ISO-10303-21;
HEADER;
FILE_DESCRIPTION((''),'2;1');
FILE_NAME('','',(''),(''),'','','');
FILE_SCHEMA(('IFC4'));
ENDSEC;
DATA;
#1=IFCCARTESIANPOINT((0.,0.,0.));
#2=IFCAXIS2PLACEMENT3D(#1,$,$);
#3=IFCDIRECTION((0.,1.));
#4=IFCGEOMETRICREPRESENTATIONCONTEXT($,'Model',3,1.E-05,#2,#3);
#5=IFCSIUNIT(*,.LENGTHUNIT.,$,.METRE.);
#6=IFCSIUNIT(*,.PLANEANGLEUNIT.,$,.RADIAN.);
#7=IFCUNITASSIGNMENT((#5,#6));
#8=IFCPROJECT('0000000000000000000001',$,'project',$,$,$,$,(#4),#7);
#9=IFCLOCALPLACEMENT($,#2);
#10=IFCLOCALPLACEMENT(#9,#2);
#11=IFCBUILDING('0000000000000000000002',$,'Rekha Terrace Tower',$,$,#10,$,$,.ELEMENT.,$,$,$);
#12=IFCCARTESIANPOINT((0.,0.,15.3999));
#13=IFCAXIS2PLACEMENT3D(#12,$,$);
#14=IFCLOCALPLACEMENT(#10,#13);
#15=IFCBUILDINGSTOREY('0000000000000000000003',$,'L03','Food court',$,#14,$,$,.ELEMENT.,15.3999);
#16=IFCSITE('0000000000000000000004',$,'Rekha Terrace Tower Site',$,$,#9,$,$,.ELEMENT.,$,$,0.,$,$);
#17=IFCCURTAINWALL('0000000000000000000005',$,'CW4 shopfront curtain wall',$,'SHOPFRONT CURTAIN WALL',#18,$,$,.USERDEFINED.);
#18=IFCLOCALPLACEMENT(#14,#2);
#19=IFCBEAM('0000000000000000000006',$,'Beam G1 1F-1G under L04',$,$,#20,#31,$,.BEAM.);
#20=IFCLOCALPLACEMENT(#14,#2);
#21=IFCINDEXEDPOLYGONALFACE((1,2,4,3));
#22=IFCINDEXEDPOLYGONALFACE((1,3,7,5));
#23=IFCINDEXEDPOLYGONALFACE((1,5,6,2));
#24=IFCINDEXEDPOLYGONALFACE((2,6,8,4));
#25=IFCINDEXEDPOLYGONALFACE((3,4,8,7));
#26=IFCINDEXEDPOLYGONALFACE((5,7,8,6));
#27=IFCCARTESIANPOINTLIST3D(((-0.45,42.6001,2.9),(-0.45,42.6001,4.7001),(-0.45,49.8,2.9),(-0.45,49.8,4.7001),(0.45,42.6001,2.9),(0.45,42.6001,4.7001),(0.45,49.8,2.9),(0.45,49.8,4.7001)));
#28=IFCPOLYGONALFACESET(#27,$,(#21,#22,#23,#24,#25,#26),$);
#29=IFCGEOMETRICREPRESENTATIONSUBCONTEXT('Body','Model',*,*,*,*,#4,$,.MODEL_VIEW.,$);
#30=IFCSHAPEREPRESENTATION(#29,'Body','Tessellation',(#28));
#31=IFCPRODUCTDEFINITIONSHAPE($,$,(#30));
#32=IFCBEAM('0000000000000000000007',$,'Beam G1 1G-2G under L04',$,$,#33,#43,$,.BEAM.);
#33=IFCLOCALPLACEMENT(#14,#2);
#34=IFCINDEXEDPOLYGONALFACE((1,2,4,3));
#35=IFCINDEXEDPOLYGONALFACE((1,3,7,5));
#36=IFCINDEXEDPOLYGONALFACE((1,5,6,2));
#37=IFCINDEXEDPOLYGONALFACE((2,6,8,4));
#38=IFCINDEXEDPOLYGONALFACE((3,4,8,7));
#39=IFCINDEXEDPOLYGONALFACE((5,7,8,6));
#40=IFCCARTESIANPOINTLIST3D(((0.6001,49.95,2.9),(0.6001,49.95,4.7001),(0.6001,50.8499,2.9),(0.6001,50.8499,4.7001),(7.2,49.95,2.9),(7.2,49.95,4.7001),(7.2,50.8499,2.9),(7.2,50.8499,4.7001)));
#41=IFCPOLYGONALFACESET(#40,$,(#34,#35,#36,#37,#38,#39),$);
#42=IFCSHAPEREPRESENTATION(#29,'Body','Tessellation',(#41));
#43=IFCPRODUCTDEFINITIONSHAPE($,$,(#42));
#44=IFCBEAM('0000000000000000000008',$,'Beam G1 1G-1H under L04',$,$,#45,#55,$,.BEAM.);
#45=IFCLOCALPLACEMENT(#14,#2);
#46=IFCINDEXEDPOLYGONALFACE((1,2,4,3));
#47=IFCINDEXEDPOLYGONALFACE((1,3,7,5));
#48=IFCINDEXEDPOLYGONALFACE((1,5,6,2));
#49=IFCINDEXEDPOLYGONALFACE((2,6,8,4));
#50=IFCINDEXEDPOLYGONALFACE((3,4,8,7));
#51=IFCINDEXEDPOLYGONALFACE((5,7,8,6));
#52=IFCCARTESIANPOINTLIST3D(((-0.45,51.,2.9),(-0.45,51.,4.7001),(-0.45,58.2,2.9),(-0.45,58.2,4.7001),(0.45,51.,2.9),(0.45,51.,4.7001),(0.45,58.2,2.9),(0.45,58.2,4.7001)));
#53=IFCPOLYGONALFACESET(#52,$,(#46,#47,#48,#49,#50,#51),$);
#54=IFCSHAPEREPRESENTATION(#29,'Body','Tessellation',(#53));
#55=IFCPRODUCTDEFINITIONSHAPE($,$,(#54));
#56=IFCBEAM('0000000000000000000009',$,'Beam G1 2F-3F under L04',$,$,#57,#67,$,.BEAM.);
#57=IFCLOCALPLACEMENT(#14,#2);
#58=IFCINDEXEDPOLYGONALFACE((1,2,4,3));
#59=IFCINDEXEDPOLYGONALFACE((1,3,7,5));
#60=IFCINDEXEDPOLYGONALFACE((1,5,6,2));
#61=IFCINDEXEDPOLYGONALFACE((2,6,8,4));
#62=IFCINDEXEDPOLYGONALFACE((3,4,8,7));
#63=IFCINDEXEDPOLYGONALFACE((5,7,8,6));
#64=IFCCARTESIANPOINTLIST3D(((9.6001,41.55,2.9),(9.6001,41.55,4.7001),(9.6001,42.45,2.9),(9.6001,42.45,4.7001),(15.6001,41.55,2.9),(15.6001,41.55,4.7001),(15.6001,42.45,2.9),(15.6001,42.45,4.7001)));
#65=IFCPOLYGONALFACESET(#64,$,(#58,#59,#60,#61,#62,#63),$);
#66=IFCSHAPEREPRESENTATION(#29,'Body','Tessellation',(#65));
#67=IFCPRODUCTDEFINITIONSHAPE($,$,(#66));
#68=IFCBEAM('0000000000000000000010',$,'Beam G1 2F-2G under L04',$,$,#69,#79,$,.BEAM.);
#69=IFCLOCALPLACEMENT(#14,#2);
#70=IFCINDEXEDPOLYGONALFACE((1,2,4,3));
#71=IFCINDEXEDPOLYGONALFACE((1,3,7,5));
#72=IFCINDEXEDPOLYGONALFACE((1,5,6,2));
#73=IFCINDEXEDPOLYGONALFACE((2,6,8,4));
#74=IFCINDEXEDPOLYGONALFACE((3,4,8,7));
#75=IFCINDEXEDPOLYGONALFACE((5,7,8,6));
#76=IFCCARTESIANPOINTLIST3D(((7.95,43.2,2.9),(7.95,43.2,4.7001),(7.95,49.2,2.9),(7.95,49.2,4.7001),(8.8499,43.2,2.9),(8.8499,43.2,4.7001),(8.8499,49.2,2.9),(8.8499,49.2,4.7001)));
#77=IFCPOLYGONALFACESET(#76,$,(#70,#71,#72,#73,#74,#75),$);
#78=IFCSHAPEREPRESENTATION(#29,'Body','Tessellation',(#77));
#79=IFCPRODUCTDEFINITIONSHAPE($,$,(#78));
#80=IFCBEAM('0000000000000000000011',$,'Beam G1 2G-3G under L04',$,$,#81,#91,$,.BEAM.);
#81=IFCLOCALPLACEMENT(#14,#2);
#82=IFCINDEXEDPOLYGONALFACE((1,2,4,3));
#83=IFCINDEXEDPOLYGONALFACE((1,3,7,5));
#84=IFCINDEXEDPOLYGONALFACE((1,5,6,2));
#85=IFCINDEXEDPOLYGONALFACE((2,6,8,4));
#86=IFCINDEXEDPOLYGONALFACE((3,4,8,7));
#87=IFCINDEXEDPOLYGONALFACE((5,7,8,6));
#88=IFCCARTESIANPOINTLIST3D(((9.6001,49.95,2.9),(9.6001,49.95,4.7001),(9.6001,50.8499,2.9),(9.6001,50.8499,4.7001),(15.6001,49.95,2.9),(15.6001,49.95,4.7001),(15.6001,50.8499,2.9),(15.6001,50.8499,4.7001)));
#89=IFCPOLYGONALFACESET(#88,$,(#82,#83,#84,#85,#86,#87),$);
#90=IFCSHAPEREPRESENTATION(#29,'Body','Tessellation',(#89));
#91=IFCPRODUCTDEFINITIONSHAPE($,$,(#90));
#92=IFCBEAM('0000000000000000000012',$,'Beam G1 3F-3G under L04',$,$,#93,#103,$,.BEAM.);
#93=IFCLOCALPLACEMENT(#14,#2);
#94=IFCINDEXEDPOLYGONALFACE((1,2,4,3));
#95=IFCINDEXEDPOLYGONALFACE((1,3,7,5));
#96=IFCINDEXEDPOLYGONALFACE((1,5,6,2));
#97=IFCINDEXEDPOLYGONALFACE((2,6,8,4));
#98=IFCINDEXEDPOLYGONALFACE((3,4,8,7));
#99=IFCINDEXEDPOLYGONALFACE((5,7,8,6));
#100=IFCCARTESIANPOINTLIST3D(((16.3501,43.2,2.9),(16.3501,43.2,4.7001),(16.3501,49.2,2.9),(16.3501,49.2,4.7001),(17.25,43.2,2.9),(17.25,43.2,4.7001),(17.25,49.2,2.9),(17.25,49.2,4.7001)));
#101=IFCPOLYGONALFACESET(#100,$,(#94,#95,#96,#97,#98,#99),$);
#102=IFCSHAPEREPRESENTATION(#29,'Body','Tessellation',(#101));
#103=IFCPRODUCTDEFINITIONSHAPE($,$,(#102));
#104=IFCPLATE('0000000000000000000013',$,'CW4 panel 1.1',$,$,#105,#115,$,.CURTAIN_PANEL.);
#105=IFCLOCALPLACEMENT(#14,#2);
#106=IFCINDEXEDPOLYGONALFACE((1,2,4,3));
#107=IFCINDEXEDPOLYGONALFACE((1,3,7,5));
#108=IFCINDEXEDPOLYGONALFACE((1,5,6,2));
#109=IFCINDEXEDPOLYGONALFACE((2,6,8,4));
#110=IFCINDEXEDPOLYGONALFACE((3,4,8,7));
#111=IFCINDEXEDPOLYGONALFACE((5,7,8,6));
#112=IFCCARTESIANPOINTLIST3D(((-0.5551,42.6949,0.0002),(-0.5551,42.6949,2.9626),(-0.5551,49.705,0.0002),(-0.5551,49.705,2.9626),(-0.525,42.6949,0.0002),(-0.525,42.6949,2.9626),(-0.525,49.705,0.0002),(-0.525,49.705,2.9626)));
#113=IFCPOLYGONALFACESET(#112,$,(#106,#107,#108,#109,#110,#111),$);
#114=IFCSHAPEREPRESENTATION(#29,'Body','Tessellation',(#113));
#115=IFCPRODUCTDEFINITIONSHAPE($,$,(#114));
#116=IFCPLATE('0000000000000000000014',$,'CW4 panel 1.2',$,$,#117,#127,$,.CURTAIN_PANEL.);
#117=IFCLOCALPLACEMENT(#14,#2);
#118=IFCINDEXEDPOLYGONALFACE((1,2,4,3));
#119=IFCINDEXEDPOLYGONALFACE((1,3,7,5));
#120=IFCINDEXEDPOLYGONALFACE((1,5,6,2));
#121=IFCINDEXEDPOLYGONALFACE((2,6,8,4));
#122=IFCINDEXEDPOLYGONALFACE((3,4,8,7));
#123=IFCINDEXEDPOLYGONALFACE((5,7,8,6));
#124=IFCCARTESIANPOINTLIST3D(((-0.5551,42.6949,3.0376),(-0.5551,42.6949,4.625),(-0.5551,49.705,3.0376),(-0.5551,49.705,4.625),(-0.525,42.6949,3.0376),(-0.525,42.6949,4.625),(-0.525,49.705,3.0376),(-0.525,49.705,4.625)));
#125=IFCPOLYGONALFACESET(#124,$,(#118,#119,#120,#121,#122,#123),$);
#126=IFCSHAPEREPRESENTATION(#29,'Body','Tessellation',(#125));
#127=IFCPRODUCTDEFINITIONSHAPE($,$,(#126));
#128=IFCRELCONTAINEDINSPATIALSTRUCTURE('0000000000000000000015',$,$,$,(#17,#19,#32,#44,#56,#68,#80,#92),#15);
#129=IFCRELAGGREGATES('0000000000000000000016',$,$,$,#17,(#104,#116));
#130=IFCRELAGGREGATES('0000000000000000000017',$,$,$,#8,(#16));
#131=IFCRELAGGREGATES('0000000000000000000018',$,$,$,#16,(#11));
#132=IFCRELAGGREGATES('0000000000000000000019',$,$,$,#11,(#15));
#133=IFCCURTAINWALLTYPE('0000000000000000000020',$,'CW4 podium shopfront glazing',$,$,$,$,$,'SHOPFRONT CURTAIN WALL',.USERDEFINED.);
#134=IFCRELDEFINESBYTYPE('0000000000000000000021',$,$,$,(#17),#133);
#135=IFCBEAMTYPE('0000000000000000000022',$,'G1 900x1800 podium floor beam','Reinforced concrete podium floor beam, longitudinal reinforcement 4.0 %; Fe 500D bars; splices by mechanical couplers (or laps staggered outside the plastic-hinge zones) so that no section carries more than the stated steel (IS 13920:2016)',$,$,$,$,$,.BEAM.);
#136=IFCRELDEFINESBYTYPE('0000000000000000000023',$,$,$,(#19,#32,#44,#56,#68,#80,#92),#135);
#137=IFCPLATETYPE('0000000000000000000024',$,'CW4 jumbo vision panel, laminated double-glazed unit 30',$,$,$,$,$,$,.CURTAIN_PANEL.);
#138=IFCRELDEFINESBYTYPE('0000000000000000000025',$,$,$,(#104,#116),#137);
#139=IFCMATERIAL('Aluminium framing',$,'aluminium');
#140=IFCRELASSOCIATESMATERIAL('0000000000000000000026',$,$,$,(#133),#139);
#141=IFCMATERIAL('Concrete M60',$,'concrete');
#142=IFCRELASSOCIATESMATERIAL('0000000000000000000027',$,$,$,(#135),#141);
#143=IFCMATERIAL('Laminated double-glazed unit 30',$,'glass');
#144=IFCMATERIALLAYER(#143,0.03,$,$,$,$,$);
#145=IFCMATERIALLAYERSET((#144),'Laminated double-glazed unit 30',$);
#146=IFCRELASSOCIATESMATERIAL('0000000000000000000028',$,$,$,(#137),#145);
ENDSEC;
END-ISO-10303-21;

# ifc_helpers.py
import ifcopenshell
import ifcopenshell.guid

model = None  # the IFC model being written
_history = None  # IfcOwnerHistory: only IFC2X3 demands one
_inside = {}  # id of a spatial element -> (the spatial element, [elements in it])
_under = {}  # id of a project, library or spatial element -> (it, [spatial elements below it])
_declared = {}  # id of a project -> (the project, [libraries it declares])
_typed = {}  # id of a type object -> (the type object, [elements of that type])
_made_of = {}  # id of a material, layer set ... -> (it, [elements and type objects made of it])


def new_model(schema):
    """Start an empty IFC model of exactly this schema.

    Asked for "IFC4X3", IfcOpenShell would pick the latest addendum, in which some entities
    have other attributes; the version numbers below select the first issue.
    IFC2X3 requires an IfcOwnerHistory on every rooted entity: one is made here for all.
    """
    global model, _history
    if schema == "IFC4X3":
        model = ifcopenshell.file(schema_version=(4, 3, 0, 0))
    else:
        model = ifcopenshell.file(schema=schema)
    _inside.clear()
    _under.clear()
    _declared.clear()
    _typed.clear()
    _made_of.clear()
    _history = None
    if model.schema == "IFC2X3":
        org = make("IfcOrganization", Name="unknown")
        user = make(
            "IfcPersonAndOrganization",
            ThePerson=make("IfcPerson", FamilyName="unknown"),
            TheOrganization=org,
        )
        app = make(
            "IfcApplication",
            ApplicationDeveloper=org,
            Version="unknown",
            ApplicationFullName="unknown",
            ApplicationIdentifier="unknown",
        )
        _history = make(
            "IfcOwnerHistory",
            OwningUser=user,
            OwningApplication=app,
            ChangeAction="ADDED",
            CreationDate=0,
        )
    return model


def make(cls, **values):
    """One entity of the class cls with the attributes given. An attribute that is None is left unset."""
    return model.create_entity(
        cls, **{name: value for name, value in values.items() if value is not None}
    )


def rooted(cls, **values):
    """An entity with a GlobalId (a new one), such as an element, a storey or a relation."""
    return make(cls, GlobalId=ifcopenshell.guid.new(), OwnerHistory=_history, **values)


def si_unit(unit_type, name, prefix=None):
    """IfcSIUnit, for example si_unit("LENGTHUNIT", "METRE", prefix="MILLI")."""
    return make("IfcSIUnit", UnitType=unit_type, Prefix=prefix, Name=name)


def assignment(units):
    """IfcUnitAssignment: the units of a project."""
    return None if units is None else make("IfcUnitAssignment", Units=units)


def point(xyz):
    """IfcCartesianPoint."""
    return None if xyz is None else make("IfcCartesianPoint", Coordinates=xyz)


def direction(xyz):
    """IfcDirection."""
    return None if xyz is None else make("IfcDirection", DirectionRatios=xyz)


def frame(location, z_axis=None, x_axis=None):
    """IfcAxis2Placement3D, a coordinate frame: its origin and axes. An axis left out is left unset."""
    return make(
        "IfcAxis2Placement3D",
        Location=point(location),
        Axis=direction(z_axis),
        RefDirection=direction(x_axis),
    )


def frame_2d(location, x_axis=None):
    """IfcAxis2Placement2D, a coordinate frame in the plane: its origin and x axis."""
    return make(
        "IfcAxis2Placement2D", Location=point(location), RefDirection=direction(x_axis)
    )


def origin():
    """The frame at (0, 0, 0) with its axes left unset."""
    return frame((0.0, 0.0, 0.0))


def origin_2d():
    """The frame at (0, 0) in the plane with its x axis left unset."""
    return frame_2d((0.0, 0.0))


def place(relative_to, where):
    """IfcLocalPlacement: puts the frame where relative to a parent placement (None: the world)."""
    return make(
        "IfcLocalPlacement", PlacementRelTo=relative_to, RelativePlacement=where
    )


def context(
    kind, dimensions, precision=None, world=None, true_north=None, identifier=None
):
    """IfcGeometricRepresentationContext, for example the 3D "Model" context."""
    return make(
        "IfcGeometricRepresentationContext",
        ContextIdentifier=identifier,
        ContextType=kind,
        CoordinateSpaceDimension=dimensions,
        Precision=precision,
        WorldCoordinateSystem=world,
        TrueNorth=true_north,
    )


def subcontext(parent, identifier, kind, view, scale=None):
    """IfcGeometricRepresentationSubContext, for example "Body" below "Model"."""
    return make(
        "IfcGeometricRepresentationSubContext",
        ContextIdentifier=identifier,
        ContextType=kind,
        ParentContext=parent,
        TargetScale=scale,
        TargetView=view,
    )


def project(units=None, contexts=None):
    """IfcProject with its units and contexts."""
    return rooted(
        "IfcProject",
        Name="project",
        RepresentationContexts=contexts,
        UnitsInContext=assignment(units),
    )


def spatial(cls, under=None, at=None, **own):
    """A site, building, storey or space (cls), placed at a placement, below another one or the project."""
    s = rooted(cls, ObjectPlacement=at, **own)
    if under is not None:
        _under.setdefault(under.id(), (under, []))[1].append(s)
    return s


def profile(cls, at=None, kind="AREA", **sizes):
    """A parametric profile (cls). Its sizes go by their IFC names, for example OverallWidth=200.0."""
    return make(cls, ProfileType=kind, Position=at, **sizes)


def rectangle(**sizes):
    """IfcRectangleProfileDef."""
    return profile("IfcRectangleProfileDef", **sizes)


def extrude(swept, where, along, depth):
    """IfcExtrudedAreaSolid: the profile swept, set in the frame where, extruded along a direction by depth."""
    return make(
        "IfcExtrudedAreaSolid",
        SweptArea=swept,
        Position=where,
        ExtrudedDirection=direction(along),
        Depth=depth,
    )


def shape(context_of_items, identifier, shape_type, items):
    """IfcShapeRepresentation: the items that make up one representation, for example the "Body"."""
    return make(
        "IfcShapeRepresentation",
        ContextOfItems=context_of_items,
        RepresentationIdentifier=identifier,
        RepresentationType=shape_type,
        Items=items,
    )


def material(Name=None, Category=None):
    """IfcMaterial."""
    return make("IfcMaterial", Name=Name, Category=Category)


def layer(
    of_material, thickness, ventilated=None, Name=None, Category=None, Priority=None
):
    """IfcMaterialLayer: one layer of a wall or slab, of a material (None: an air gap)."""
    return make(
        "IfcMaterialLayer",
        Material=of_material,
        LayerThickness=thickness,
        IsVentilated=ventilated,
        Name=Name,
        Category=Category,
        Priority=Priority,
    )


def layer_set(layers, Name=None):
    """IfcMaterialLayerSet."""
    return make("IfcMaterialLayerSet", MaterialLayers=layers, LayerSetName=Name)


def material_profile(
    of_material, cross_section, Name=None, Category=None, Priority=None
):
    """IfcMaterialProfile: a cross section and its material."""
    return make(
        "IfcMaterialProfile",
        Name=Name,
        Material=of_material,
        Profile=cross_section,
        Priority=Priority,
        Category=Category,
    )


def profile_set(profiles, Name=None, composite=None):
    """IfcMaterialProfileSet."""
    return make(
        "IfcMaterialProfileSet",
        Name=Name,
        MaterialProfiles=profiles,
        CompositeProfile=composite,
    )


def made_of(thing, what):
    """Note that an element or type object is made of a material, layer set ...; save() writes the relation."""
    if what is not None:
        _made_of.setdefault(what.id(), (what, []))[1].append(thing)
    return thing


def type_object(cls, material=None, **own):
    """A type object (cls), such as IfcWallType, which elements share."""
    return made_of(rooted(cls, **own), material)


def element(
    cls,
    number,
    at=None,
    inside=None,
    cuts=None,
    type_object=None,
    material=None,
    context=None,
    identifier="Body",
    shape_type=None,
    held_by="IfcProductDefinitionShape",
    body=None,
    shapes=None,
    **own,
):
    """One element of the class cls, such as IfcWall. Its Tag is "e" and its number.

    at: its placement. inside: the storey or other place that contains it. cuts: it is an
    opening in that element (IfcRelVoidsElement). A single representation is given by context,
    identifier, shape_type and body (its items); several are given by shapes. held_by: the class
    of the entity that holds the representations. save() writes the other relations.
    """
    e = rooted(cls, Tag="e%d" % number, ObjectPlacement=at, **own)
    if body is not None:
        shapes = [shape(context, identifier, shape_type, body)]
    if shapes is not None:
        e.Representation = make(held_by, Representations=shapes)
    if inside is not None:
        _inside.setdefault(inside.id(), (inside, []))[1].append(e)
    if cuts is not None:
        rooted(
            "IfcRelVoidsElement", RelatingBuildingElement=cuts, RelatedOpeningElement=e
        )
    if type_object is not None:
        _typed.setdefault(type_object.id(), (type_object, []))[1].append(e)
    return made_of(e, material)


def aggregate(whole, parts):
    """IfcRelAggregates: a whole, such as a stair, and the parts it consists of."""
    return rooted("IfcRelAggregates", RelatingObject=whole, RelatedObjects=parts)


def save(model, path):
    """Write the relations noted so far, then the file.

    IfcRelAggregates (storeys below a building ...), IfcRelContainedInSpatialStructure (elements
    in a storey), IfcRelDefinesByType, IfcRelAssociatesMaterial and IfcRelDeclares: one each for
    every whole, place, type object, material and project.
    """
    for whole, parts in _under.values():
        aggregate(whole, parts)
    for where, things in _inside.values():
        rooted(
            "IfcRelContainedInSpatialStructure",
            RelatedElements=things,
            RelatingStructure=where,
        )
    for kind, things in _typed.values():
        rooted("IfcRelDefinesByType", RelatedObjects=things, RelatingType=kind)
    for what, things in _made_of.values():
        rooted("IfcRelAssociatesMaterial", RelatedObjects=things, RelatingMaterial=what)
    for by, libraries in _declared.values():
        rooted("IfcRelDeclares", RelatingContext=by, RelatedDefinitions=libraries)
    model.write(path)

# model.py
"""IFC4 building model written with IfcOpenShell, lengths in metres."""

from ifc_helpers import new_model, si_unit, direction, frame, origin, origin_2d, place, context, subcontext, project, spatial, rectangle, extrude, material, layer, layer_set, material_profile, profile_set, type_object, element, aggregate, save


model = new_model("IFC4")

# Units and contexts
model_context = context("Model", 3, precision=1e-05, world=origin(), true_north=direction((0.0, 1.0)))
body_context = subcontext(model_context, "Body", "Model", "MODEL_VIEW")
ifc_project = project(units=[si_unit("LENGTHUNIT", "METRE"), si_unit("PLANEANGLEUNIT", "RADIAN")], contexts=[model_context])

# Site, building, storey
site_placement = place(None, origin())
site = spatial("IfcSite", under=ifc_project, at=site_placement, Name="Rekha Terrace Tower Site", CompositionType="ELEMENT", RefElevation=0.0)
building_placement = place(site_placement, origin())
building = spatial("IfcBuilding", under=site, at=building_placement, Name="Rekha Terrace Tower", CompositionType="ELEMENT")
storey_placement = place(building_placement, frame((0.0, 0.0, 15.3999)))
storey = spatial("IfcBuildingStorey", under=building, at=storey_placement, Name="L03", Description="Food court", CompositionType="ELEMENT", Elevation=15.3999)

# Shared definitions
ifc_material_1 = material(Name="Concrete M60", Category="concrete")

# Shared definitions
ifc_material_2 = material(Name="Aluminium framing", Category="aluminium")
curtain_wall_type = type_object("IfcCurtainWallType", Name="CW4 podium shopfront glazing", ElementType="SHOPFRONT CURTAIN WALL", PredefinedType="USERDEFINED", material=ifc_material_2)

# Curtain wall
curtain_wall_1_placement = place(storey_placement, origin())
curtain_wall_1 = element("IfcCurtainWall", 1, at=curtain_wall_1_placement, inside=storey, type_object=curtain_wall_type, Name="CW4 shopfront curtain wall", ObjectType="SHOPFRONT CURTAIN WALL", PredefinedType="USERDEFINED")

# Beams
ifc_material_profile_1 = material_profile(ifc_material_1, rectangle(XDim=0.8999, YDim=1.8, at=origin_2d()), Name="RC 900x1800")
ifc_profile_set_1 = profile_set([ifc_material_profile_1], Name="Concrete M60")
beam_type = type_object("IfcBeamType", Name="G1 900x1800 podium floor beam", Description="Reinforced concrete podium floor beam, longitudinal reinforcement 4.0 %; Fe 500D bars; splices by mechanical couplers (or laps staggered outside the plastic-hinge zones) so that no section carries more than the stated steel (IS 13920:2016)", PredefinedType="BEAM", material=ifc_profile_set_1)
beam_1_placement = place(storey_placement, frame((0.0, 42.6001, 3.8), z_axis=(0.0, 1.0, 0.0), x_axis=(-1.0, 0.0, 0.0)))
element("IfcBeam", 2, at=beam_1_placement, inside=storey, type_object=beam_type, Name="Beam G1 1F-1G under L04", PredefinedType="BEAM", context=body_context, shape_type="SweptSolid", body=[
    extrude(rectangle(XDim=0.8999, YDim=1.8, at=origin_2d()), origin(), (0.0, 0.0, 1.0), 7.2),
])
beam_2_placement = place(storey_placement, frame((0.6001, 50.3999, 3.8), z_axis=(1.0, 0.0, 0.0), x_axis=(0.0, 1.0, 0.0)))
element("IfcBeam", 3, at=beam_2_placement, inside=storey, type_object=beam_type, Name="Beam G1 1G-2G under L04", PredefinedType="BEAM", context=body_context, shape_type="SweptSolid", body=[
    extrude(rectangle(XDim=0.8999, YDim=1.8, at=origin_2d()), origin(), (0.0, 0.0, 1.0), 6.5999),
])
beam_3_placement = place(storey_placement, frame((0.0, 51.0, 3.8), z_axis=(0.0, 1.0, 0.0), x_axis=(-1.0, 0.0, 0.0)))
element("IfcBeam", 4, at=beam_3_placement, inside=storey, type_object=beam_type, Name="Beam G1 1G-1H under L04", PredefinedType="BEAM", context=body_context, shape_type="SweptSolid", body=[
    extrude(rectangle(XDim=0.8999, YDim=1.8, at=origin_2d()), origin(), (0.0, 0.0, 1.0), 7.2),
])
for number, where, z_axis, x_axis, name in (
    (5, (9.6001, 42.0, 3.8), (1.0, 0.0, 0.0), (0.0, 1.0, 0.0), "Beam G1 2F-3F under L04"),
    (6, (8.3999, 43.2, 3.8), (0.0, 1.0, 0.0), (-1.0, 0.0, 0.0), "Beam G1 2F-2G under L04"),
    (7, (9.6001, 50.3999, 3.8), (1.0, 0.0, 0.0), (0.0, 1.0, 0.0), "Beam G1 2G-3G under L04"),
    (8, (16.8, 43.2, 3.8), (0.0, 1.0, 0.0), (-1.0, 0.0, 0.0), "Beam G1 3F-3G under L04"),
):
    element("IfcBeam", number, at=place(storey_placement, frame(where, z_axis=z_axis, x_axis=x_axis)), inside=storey, type_object=beam_type, Name=name, PredefinedType="BEAM", context=body_context, shape_type="SweptSolid", body=[
        extrude(rectangle(XDim=0.8999, YDim=1.8, at=origin_2d()), origin(), (0.0, 0.0, 1.0), 6.0),
    ])

# Plates
ifc_material_3 = material(Name="Laminated double-glazed unit 30", Category="glass")
ifc_layer = layer(ifc_material_3, 0.03)
ifc_layer_set = layer_set([ifc_layer], Name="Laminated double-glazed unit 30")
plate_type = type_object("IfcPlateType", Name="CW4 jumbo vision panel, laminated double-glazed unit 30", PredefinedType="CURTAIN_PANEL", material=ifc_layer_set)
plate_1_placement = place(storey_placement, frame((-0.54, 46.2, 0.0002), z_axis=(0.0, 0.0, 1.0), x_axis=(0.0, -1.0, 0.0)))
plate_1 = element("IfcPlate", 9, at=plate_1_placement, type_object=plate_type, Name="CW4 panel 1.1", PredefinedType="CURTAIN_PANEL", context=body_context, shape_type="SweptSolid", body=[
    extrude(rectangle(XDim=7.01, YDim=0.03, at=origin_2d()), origin(), (0.0, 0.0, 1.0), 2.9624),
])
plate_2_placement = place(storey_placement, frame((-0.54, 46.2, 3.0376), z_axis=(0.0, 0.0, 1.0), x_axis=(0.0, -1.0, 0.0)))
plate_2 = element("IfcPlate", 10, at=plate_2_placement, type_object=plate_type, Name="CW4 panel 1.2", PredefinedType="CURTAIN_PANEL", context=body_context, shape_type="SweptSolid", body=[
    extrude(rectangle(XDim=7.01, YDim=0.03, at=origin_2d()), origin(), (0.0, 0.0, 1.0), 1.5874),
])
aggregate(curtain_wall_1, [plate_1, plate_2])

save(model, "model.ifc")
